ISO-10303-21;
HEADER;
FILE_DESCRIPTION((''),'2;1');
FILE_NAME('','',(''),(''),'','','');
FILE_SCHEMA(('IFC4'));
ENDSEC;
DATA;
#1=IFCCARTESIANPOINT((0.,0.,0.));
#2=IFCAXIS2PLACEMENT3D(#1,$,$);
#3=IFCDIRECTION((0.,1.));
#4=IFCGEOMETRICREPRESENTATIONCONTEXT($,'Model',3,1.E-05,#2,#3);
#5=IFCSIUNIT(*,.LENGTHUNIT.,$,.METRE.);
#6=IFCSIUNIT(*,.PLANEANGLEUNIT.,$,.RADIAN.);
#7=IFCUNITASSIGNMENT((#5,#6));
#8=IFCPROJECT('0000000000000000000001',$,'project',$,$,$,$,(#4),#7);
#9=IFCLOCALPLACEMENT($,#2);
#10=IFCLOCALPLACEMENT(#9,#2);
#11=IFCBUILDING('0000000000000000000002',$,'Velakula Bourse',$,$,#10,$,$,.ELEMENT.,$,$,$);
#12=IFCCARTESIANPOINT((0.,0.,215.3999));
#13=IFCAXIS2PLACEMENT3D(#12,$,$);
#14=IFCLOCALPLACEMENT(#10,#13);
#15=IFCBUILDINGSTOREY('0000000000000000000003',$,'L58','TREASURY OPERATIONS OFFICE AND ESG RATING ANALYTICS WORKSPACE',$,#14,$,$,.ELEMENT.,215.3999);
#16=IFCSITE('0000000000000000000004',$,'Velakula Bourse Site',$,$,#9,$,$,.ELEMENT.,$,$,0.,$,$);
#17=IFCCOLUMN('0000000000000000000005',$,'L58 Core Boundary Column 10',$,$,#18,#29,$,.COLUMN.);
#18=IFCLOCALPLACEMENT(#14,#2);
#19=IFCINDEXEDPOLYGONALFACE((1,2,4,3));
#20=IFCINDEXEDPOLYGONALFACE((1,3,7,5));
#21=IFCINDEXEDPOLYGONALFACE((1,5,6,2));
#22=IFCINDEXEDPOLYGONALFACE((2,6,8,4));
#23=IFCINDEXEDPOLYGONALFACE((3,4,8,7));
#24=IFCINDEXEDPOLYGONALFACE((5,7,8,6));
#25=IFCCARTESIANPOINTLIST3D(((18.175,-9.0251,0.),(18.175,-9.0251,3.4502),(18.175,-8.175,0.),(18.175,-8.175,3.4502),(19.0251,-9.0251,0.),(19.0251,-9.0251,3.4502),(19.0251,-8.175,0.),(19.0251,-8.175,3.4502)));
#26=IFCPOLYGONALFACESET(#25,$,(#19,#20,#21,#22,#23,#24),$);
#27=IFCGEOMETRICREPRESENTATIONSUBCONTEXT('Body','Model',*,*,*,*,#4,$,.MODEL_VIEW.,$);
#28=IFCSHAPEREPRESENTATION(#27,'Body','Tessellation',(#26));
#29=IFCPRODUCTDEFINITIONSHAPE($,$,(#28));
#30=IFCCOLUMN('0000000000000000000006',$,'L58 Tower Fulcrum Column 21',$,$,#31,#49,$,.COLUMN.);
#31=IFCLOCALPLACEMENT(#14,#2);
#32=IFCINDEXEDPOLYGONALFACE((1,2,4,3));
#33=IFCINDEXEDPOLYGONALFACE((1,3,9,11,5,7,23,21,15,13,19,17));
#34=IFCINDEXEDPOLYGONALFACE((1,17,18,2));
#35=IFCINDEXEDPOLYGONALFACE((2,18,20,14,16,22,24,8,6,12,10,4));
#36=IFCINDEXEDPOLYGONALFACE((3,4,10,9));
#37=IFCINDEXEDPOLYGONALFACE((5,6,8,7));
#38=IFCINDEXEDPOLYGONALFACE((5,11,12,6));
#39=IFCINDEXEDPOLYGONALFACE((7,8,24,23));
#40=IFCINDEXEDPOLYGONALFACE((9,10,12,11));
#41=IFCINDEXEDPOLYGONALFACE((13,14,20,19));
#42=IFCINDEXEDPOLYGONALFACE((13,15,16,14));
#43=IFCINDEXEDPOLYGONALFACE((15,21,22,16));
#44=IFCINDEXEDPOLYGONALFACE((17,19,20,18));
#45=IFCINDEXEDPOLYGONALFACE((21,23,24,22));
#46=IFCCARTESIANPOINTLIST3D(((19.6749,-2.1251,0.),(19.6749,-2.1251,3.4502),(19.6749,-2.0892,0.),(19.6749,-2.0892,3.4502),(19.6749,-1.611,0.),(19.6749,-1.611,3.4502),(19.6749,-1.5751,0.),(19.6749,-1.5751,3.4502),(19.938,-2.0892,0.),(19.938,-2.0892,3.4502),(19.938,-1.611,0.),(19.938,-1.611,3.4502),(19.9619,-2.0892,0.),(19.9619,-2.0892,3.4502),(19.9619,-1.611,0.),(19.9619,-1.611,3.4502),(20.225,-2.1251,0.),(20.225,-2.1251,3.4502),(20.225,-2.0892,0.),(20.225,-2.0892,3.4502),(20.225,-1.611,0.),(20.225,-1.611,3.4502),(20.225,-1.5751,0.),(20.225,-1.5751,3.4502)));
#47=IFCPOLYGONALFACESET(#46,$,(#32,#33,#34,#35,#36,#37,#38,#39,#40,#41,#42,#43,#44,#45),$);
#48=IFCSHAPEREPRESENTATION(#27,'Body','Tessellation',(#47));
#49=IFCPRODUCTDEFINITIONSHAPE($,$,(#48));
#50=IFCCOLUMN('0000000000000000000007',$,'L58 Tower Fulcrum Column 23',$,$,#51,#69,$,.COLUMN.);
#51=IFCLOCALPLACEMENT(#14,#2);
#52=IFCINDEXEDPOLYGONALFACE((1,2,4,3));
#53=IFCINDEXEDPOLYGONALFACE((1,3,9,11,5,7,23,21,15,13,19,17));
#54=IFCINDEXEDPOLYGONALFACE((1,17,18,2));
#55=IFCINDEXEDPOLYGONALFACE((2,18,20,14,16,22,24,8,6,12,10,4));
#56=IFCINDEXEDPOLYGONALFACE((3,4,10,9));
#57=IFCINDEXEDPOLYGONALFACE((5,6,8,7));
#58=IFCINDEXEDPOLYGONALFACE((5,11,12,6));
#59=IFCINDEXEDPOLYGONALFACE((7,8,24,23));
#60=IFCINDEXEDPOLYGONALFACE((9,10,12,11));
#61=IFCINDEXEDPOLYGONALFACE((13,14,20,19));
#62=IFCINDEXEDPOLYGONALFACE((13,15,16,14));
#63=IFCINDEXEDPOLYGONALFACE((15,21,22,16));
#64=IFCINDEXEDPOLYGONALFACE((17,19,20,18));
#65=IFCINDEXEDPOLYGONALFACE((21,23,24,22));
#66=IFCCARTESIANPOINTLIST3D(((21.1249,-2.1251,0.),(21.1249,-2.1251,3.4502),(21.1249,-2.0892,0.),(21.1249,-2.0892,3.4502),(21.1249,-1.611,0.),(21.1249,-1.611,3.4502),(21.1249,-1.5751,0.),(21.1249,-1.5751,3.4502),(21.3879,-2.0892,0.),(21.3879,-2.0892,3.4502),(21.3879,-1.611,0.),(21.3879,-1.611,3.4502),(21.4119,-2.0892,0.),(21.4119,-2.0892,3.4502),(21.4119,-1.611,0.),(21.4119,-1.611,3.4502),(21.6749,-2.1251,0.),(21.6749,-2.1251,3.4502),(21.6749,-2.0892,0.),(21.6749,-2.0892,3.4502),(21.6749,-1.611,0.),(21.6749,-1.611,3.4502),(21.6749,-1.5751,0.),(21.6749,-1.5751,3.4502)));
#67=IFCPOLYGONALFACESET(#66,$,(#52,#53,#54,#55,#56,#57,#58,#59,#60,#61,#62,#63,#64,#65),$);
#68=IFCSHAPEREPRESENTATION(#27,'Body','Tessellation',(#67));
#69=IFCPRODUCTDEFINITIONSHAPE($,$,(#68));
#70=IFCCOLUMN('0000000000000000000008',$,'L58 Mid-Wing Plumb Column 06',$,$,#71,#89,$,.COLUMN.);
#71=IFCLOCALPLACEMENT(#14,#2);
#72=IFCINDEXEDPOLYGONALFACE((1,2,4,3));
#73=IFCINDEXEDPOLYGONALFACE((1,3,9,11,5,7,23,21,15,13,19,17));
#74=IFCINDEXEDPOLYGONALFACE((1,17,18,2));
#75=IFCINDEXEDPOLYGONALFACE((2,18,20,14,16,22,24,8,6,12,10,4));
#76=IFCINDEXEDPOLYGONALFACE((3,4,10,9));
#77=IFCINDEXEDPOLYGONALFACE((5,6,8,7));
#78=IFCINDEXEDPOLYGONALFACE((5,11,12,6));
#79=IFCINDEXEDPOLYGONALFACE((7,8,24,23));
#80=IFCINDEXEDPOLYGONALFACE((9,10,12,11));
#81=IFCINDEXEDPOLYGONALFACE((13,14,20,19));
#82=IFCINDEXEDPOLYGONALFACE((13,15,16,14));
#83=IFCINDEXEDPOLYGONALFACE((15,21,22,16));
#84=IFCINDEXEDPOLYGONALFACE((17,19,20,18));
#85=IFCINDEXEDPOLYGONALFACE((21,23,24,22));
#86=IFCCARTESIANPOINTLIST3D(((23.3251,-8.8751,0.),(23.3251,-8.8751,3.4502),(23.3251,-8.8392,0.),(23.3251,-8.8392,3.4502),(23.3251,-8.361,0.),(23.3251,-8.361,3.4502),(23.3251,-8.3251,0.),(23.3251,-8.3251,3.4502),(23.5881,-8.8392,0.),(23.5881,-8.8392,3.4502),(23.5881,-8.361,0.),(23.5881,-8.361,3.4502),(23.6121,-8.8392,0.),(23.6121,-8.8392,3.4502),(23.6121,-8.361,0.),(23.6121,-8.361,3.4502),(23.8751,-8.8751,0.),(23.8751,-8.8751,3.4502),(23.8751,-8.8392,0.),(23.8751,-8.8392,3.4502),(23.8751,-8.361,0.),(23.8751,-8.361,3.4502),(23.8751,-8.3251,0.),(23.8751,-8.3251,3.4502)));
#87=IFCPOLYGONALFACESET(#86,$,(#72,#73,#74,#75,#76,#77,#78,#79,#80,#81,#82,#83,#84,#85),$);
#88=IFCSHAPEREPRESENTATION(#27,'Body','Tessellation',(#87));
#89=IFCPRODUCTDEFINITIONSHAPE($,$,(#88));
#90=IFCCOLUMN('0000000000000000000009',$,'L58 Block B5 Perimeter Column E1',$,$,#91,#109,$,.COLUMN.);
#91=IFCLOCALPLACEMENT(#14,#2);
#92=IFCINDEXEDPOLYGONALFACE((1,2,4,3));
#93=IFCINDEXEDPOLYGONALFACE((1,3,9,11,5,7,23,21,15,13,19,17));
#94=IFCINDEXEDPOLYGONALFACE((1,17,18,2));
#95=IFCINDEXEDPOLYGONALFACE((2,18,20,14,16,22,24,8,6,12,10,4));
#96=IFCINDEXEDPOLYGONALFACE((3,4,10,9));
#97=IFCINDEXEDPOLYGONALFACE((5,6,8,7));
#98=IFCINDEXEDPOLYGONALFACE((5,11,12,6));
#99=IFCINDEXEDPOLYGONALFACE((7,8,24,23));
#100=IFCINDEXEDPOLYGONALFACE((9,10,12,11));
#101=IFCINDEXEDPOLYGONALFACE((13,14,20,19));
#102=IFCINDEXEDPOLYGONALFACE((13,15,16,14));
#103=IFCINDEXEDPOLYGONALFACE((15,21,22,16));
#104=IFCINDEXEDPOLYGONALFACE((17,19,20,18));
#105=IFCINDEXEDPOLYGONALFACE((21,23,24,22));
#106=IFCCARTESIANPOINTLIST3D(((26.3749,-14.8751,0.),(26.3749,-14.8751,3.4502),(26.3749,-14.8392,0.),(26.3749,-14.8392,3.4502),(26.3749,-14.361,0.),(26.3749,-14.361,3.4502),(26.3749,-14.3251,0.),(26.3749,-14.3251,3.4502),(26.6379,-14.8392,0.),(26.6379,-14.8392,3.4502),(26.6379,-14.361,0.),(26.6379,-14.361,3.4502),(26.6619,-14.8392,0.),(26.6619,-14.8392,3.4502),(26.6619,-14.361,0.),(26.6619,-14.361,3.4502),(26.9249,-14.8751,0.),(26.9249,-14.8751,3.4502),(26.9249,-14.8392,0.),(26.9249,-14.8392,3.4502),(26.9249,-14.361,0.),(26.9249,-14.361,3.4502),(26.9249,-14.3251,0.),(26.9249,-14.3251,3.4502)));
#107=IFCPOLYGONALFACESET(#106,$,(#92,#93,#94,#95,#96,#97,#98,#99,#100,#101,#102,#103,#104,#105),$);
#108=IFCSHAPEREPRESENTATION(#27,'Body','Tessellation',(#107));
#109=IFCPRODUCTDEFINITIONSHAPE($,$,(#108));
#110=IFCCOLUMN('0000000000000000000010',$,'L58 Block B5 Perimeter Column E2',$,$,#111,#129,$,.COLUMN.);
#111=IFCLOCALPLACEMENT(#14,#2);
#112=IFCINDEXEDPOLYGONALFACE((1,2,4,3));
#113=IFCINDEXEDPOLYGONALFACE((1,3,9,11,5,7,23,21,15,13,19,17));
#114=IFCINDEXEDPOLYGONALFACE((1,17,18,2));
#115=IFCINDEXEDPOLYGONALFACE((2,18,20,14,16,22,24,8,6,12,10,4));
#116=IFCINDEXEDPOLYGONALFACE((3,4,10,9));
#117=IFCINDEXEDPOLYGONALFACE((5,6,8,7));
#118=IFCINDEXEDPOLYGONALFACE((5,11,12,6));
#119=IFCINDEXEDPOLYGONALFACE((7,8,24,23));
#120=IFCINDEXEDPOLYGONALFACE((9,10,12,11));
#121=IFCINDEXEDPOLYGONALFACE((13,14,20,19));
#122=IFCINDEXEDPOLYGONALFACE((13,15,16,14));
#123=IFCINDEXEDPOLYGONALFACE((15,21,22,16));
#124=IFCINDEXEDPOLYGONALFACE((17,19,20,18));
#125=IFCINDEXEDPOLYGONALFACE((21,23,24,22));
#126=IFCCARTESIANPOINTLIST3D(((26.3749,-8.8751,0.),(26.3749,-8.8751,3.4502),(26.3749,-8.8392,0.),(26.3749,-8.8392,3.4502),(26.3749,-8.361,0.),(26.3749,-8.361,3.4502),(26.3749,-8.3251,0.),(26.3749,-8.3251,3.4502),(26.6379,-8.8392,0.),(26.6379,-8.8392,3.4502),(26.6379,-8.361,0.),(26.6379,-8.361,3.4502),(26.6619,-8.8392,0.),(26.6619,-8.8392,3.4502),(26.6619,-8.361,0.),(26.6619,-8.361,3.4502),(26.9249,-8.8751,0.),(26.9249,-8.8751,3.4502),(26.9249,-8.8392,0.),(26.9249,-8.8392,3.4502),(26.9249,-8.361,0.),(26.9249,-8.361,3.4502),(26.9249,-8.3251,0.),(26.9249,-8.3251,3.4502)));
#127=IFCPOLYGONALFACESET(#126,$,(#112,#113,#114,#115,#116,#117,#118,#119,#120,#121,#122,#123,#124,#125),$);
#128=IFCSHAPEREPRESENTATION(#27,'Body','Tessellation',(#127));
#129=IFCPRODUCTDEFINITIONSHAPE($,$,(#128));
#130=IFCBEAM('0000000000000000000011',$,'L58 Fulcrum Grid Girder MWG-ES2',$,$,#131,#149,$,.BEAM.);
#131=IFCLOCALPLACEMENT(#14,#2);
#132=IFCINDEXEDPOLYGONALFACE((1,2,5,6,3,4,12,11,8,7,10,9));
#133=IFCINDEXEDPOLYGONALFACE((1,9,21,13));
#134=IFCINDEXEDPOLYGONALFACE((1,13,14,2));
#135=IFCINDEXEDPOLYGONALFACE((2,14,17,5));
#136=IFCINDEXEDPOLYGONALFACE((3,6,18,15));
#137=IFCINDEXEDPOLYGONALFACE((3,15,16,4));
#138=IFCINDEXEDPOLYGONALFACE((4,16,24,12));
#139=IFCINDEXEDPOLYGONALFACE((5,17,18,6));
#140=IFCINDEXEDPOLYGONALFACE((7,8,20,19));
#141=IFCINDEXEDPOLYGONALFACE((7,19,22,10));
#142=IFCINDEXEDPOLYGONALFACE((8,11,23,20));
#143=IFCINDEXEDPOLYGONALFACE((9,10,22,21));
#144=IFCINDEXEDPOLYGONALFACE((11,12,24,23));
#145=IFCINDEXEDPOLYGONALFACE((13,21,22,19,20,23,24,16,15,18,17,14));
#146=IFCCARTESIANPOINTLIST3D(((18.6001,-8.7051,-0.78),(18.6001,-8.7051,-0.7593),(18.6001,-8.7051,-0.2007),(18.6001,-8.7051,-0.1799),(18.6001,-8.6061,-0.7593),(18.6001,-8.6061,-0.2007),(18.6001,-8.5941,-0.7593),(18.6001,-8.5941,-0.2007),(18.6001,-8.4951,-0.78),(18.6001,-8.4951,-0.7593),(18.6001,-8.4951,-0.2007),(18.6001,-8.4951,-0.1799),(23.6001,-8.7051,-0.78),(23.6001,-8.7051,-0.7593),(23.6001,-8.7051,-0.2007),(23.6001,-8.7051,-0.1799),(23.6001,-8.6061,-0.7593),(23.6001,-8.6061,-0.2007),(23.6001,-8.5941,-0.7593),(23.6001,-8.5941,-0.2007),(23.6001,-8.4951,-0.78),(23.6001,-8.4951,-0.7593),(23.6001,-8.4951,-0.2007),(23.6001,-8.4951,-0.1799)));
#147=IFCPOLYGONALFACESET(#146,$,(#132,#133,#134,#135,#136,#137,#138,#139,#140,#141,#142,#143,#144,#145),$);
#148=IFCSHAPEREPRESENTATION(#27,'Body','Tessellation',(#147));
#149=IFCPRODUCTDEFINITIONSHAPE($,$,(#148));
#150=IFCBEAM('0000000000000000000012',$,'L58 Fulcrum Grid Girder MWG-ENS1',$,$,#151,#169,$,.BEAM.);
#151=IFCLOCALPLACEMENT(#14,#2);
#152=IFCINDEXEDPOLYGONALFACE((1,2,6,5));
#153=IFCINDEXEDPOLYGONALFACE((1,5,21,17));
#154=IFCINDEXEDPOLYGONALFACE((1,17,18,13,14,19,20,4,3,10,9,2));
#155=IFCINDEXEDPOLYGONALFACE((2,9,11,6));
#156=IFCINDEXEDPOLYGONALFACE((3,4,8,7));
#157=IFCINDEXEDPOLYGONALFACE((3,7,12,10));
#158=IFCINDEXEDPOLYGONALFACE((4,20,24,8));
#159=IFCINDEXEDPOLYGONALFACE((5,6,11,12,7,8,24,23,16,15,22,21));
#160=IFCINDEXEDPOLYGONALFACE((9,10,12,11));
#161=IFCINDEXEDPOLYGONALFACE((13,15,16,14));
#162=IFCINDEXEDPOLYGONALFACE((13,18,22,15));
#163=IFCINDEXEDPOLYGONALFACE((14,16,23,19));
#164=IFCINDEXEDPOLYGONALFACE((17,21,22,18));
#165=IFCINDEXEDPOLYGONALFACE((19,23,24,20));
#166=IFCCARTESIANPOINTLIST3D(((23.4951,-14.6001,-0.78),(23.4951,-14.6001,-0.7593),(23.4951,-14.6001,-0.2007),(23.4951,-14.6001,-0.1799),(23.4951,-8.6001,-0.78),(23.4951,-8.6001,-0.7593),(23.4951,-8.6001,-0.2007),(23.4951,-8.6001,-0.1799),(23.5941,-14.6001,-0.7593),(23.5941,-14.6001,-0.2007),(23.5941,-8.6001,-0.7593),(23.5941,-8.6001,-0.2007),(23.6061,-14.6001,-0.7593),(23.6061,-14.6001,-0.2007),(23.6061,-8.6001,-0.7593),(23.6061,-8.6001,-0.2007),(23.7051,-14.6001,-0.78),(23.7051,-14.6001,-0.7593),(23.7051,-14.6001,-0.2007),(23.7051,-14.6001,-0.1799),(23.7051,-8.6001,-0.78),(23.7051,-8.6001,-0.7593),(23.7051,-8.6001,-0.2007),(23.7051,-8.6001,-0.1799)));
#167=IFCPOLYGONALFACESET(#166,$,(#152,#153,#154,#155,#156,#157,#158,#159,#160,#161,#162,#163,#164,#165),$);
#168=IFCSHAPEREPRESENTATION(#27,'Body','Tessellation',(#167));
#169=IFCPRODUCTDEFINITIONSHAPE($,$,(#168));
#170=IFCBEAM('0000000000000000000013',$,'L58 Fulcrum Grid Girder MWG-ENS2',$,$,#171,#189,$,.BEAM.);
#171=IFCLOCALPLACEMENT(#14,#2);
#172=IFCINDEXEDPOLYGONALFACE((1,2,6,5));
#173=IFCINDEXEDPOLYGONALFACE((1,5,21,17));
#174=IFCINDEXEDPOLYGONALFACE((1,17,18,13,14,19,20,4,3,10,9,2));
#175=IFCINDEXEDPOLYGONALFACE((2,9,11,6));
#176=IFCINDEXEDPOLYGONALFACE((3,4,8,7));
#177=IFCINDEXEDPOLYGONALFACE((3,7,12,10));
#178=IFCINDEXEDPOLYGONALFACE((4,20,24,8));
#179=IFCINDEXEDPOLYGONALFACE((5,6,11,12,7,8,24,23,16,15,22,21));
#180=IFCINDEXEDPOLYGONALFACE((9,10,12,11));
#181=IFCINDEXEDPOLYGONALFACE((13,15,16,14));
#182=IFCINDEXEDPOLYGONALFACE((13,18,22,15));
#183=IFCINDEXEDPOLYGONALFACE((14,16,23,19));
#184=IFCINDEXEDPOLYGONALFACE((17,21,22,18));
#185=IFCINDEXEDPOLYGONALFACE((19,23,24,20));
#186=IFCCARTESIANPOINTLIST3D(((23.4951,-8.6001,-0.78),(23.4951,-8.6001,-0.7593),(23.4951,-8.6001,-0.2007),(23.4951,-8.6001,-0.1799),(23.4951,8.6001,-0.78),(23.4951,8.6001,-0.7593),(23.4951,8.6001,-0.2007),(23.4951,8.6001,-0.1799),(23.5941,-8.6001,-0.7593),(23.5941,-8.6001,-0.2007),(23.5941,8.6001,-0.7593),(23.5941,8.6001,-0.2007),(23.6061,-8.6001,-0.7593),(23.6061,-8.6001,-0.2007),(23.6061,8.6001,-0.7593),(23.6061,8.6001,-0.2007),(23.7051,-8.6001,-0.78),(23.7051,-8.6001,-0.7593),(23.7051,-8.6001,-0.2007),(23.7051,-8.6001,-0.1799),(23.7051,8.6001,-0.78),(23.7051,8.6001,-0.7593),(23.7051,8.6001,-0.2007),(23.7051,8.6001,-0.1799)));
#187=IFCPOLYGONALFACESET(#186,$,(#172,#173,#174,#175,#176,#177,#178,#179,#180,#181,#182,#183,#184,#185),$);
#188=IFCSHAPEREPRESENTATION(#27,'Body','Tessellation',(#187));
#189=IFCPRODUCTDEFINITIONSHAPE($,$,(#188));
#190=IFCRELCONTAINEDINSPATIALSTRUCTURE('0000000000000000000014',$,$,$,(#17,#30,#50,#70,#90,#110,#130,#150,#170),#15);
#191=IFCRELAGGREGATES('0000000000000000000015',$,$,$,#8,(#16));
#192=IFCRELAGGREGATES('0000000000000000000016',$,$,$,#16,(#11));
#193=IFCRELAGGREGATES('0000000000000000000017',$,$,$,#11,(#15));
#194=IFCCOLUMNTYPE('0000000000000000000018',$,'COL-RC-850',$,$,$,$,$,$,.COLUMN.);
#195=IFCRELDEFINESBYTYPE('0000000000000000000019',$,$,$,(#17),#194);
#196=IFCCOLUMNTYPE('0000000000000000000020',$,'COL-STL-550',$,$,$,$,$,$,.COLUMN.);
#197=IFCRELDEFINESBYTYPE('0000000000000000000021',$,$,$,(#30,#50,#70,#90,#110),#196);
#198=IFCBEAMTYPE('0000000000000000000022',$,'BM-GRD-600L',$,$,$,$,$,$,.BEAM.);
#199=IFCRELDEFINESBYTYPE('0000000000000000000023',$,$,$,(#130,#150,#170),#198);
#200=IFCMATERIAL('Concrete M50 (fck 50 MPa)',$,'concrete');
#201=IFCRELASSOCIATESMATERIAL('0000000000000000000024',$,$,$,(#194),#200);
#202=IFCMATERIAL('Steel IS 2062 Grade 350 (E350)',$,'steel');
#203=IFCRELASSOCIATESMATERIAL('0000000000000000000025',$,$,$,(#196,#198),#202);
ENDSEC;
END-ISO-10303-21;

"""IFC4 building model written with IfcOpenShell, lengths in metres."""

from ifc_helpers import new_model, si_unit, direction, frame, origin, origin_2d, place, context, subcontext, project, spatial, rectangle, i_section, extrude, material, material_profile, profile_set, type_object, element, save


model = new_model("IFC4")

# Units and contexts
model_context = context("Model", 3, precision=1e-05, world=origin(), true_north=direction((0.0, 1.0)))
body_context = subcontext(model_context, "Body", "Model", "MODEL_VIEW")
ifc_project = project(units=[si_unit("LENGTHUNIT", "METRE"), si_unit("PLANEANGLEUNIT", "RADIAN")], contexts=[model_context])

# Site, building, storey
site_placement = place(None, origin())
site = spatial("IfcSite", under=ifc_project, at=site_placement, Name="Velakula Bourse Site", CompositionType="ELEMENT", RefElevation=0.0)
building_placement = place(site_placement, origin())
building = spatial("IfcBuilding", under=site, at=building_placement, Name="Velakula Bourse", CompositionType="ELEMENT")
storey_placement = place(building_placement, frame((0.0, 0.0, 215.3999)))
storey = spatial("IfcBuildingStorey", under=building, at=storey_placement, Name="L58", Description="TREASURY OPERATIONS OFFICE AND ESG RATING ANALYTICS WORKSPACE", CompositionType="ELEMENT", Elevation=215.3999)

# Columns
ifc_material_1 = material(Name="Concrete M50 (fck 50 MPa)", Category="concrete")
ifc_material_profile_1 = material_profile(ifc_material_1, rectangle(XDim=0.8501, YDim=0.8501, at=origin_2d()), Name="Concrete M50 (fck 50 MPa)")
ifc_profile_set_1 = profile_set([ifc_material_profile_1], Name="Concrete M50 (fck 50 MPa)")
column_type_1 = type_object("IfcColumnType", Name="COL-RC-850", PredefinedType="COLUMN", material=ifc_profile_set_1)
column_placement = place(storey_placement, frame((18.6001, -8.6001, 0.0), z_axis=(0.0, 0.0, 1.0), x_axis=(1.0, 0.0, 0.0)))
element("IfcColumn", 1, at=column_placement, inside=storey, type_object=column_type_1, Name="L58 Core Boundary Column 10", PredefinedType="COLUMN", context=body_context, shape_type="SweptSolid", body=[
    extrude(rectangle(XDim=0.8501, YDim=0.8501, at=origin_2d()), origin(), (0.0, 0.0, 1.0), 3.4502),
])
ifc_material_2 = material(Name="Steel IS 2062 Grade 350 (E350)", Category="steel")
ifc_material_profile_2 = material_profile(ifc_material_2, i_section(OverallWidth=0.55, OverallDepth=0.55, WebThickness=0.0239, FlangeThickness=0.0359, at=origin_2d()), Name="Steel IS 2062 Grade 350 (E350)")
ifc_profile_set_2 = profile_set([ifc_material_profile_2], Name="Steel IS 2062 Grade 350 (E350)")
column_type_2 = type_object("IfcColumnType", Name="COL-STL-550", PredefinedType="COLUMN", material=ifc_profile_set_2)
for number, where, z_axis, x_axis, name in (
    (2, (19.95, -1.8501, 0.0), (0.0, 0.0, 1.0), (1.0, 0.0, 0.0), "L58 Tower Fulcrum Column 21"),
    (3, (21.3999, -1.8501, 0.0), (0.0, 0.0, 1.0), (1.0, 0.0, 0.0), "L58 Tower Fulcrum Column 23"),
    (4, (23.6001, -8.6001, 0.0), (0.0, 0.0, 1.0), (1.0, 0.0, 0.0), "L58 Mid-Wing Plumb Column 06"),
    (5, (26.6499, -14.6001, 0.0), (0.0, 0.0, 1.0), (1.0, 0.0, 0.0), "L58 Block B5 Perimeter Column E1"),
    (6, (26.6499, -8.6001, 0.0), (0.0, 0.0, 1.0), (1.0, 0.0, 0.0), "L58 Block B5 Perimeter Column E2"),
):
    element("IfcColumn", number, at=place(storey_placement, frame(where, z_axis=z_axis, x_axis=x_axis)), inside=storey, type_object=column_type_2, Name=name, PredefinedType="COLUMN", context=body_context, shape_type="SweptSolid", body=[
        extrude(i_section(OverallWidth=0.55, OverallDepth=0.55, WebThickness=0.0239, FlangeThickness=0.0359, at=origin_2d()), origin(), (0.0, 0.0, 1.0), 3.4502),
    ])

# Beams
ifc_material_profile_3 = material_profile(ifc_material_2, i_section(OverallWidth=0.21, OverallDepth=0.6001, WebThickness=0.012, FlangeThickness=0.0208, at=origin_2d()), Name="Steel IS 2062 Grade 350 (E350)")
ifc_profile_set_3 = profile_set([ifc_material_profile_3], Name="Steel IS 2062 Grade 350 (E350)")
beam_type_1 = type_object("IfcBeamType", Name="BM-GRD-600L", PredefinedType="BEAM", material=ifc_profile_set_3)
beam_1_placement = place(storey_placement, frame((18.6001, -8.6001, -0.48), z_axis=(1.0, 0.0, 0.0), x_axis=(0.0, 1.0, 0.0)))
element("IfcBeam", 7, at=beam_1_placement, inside=storey, type_object=beam_type_1, Name="L58 Fulcrum Grid Girder MWG-ES2", PredefinedType="BEAM", context=body_context, shape_type="SweptSolid", body=[
    extrude(i_section(OverallWidth=0.21, OverallDepth=0.6001, WebThickness=0.012, FlangeThickness=0.0208, at=origin_2d()), origin(), (0.0, 0.0, 1.0), 5.0),
])
beam_2_placement = place(storey_placement, frame((23.6001, -14.6001, -0.48), z_axis=(0.0, 1.0, 0.0), x_axis=(-1.0, 0.0, 0.0)))
element("IfcBeam", 8, at=beam_2_placement, inside=storey, type_object=beam_type_1, Name="L58 Fulcrum Grid Girder MWG-ENS1", PredefinedType="BEAM", context=body_context, shape_type="SweptSolid", body=[
    extrude(i_section(OverallWidth=0.21, OverallDepth=0.6001, WebThickness=0.012, FlangeThickness=0.0208, at=origin_2d()), origin(), (0.0, 0.0, 1.0), 6.0),
])
beam_3_placement = place(storey_placement, frame((23.6001, -8.6001, -0.48), z_axis=(0.0, 1.0, 0.0), x_axis=(-1.0, 0.0, 0.0)))
element("IfcBeam", 9, at=beam_3_placement, inside=storey, type_object=beam_type_1, Name="L58 Fulcrum Grid Girder MWG-ENS2", PredefinedType="BEAM", context=body_context, shape_type="SweptSolid", body=[
    extrude(i_section(OverallWidth=0.21, OverallDepth=0.6001, WebThickness=0.012, FlangeThickness=0.0208, at=origin_2d()), origin(), (0.0, 0.0, 1.0), 17.2002),
])

save(model, "model.ifc")
